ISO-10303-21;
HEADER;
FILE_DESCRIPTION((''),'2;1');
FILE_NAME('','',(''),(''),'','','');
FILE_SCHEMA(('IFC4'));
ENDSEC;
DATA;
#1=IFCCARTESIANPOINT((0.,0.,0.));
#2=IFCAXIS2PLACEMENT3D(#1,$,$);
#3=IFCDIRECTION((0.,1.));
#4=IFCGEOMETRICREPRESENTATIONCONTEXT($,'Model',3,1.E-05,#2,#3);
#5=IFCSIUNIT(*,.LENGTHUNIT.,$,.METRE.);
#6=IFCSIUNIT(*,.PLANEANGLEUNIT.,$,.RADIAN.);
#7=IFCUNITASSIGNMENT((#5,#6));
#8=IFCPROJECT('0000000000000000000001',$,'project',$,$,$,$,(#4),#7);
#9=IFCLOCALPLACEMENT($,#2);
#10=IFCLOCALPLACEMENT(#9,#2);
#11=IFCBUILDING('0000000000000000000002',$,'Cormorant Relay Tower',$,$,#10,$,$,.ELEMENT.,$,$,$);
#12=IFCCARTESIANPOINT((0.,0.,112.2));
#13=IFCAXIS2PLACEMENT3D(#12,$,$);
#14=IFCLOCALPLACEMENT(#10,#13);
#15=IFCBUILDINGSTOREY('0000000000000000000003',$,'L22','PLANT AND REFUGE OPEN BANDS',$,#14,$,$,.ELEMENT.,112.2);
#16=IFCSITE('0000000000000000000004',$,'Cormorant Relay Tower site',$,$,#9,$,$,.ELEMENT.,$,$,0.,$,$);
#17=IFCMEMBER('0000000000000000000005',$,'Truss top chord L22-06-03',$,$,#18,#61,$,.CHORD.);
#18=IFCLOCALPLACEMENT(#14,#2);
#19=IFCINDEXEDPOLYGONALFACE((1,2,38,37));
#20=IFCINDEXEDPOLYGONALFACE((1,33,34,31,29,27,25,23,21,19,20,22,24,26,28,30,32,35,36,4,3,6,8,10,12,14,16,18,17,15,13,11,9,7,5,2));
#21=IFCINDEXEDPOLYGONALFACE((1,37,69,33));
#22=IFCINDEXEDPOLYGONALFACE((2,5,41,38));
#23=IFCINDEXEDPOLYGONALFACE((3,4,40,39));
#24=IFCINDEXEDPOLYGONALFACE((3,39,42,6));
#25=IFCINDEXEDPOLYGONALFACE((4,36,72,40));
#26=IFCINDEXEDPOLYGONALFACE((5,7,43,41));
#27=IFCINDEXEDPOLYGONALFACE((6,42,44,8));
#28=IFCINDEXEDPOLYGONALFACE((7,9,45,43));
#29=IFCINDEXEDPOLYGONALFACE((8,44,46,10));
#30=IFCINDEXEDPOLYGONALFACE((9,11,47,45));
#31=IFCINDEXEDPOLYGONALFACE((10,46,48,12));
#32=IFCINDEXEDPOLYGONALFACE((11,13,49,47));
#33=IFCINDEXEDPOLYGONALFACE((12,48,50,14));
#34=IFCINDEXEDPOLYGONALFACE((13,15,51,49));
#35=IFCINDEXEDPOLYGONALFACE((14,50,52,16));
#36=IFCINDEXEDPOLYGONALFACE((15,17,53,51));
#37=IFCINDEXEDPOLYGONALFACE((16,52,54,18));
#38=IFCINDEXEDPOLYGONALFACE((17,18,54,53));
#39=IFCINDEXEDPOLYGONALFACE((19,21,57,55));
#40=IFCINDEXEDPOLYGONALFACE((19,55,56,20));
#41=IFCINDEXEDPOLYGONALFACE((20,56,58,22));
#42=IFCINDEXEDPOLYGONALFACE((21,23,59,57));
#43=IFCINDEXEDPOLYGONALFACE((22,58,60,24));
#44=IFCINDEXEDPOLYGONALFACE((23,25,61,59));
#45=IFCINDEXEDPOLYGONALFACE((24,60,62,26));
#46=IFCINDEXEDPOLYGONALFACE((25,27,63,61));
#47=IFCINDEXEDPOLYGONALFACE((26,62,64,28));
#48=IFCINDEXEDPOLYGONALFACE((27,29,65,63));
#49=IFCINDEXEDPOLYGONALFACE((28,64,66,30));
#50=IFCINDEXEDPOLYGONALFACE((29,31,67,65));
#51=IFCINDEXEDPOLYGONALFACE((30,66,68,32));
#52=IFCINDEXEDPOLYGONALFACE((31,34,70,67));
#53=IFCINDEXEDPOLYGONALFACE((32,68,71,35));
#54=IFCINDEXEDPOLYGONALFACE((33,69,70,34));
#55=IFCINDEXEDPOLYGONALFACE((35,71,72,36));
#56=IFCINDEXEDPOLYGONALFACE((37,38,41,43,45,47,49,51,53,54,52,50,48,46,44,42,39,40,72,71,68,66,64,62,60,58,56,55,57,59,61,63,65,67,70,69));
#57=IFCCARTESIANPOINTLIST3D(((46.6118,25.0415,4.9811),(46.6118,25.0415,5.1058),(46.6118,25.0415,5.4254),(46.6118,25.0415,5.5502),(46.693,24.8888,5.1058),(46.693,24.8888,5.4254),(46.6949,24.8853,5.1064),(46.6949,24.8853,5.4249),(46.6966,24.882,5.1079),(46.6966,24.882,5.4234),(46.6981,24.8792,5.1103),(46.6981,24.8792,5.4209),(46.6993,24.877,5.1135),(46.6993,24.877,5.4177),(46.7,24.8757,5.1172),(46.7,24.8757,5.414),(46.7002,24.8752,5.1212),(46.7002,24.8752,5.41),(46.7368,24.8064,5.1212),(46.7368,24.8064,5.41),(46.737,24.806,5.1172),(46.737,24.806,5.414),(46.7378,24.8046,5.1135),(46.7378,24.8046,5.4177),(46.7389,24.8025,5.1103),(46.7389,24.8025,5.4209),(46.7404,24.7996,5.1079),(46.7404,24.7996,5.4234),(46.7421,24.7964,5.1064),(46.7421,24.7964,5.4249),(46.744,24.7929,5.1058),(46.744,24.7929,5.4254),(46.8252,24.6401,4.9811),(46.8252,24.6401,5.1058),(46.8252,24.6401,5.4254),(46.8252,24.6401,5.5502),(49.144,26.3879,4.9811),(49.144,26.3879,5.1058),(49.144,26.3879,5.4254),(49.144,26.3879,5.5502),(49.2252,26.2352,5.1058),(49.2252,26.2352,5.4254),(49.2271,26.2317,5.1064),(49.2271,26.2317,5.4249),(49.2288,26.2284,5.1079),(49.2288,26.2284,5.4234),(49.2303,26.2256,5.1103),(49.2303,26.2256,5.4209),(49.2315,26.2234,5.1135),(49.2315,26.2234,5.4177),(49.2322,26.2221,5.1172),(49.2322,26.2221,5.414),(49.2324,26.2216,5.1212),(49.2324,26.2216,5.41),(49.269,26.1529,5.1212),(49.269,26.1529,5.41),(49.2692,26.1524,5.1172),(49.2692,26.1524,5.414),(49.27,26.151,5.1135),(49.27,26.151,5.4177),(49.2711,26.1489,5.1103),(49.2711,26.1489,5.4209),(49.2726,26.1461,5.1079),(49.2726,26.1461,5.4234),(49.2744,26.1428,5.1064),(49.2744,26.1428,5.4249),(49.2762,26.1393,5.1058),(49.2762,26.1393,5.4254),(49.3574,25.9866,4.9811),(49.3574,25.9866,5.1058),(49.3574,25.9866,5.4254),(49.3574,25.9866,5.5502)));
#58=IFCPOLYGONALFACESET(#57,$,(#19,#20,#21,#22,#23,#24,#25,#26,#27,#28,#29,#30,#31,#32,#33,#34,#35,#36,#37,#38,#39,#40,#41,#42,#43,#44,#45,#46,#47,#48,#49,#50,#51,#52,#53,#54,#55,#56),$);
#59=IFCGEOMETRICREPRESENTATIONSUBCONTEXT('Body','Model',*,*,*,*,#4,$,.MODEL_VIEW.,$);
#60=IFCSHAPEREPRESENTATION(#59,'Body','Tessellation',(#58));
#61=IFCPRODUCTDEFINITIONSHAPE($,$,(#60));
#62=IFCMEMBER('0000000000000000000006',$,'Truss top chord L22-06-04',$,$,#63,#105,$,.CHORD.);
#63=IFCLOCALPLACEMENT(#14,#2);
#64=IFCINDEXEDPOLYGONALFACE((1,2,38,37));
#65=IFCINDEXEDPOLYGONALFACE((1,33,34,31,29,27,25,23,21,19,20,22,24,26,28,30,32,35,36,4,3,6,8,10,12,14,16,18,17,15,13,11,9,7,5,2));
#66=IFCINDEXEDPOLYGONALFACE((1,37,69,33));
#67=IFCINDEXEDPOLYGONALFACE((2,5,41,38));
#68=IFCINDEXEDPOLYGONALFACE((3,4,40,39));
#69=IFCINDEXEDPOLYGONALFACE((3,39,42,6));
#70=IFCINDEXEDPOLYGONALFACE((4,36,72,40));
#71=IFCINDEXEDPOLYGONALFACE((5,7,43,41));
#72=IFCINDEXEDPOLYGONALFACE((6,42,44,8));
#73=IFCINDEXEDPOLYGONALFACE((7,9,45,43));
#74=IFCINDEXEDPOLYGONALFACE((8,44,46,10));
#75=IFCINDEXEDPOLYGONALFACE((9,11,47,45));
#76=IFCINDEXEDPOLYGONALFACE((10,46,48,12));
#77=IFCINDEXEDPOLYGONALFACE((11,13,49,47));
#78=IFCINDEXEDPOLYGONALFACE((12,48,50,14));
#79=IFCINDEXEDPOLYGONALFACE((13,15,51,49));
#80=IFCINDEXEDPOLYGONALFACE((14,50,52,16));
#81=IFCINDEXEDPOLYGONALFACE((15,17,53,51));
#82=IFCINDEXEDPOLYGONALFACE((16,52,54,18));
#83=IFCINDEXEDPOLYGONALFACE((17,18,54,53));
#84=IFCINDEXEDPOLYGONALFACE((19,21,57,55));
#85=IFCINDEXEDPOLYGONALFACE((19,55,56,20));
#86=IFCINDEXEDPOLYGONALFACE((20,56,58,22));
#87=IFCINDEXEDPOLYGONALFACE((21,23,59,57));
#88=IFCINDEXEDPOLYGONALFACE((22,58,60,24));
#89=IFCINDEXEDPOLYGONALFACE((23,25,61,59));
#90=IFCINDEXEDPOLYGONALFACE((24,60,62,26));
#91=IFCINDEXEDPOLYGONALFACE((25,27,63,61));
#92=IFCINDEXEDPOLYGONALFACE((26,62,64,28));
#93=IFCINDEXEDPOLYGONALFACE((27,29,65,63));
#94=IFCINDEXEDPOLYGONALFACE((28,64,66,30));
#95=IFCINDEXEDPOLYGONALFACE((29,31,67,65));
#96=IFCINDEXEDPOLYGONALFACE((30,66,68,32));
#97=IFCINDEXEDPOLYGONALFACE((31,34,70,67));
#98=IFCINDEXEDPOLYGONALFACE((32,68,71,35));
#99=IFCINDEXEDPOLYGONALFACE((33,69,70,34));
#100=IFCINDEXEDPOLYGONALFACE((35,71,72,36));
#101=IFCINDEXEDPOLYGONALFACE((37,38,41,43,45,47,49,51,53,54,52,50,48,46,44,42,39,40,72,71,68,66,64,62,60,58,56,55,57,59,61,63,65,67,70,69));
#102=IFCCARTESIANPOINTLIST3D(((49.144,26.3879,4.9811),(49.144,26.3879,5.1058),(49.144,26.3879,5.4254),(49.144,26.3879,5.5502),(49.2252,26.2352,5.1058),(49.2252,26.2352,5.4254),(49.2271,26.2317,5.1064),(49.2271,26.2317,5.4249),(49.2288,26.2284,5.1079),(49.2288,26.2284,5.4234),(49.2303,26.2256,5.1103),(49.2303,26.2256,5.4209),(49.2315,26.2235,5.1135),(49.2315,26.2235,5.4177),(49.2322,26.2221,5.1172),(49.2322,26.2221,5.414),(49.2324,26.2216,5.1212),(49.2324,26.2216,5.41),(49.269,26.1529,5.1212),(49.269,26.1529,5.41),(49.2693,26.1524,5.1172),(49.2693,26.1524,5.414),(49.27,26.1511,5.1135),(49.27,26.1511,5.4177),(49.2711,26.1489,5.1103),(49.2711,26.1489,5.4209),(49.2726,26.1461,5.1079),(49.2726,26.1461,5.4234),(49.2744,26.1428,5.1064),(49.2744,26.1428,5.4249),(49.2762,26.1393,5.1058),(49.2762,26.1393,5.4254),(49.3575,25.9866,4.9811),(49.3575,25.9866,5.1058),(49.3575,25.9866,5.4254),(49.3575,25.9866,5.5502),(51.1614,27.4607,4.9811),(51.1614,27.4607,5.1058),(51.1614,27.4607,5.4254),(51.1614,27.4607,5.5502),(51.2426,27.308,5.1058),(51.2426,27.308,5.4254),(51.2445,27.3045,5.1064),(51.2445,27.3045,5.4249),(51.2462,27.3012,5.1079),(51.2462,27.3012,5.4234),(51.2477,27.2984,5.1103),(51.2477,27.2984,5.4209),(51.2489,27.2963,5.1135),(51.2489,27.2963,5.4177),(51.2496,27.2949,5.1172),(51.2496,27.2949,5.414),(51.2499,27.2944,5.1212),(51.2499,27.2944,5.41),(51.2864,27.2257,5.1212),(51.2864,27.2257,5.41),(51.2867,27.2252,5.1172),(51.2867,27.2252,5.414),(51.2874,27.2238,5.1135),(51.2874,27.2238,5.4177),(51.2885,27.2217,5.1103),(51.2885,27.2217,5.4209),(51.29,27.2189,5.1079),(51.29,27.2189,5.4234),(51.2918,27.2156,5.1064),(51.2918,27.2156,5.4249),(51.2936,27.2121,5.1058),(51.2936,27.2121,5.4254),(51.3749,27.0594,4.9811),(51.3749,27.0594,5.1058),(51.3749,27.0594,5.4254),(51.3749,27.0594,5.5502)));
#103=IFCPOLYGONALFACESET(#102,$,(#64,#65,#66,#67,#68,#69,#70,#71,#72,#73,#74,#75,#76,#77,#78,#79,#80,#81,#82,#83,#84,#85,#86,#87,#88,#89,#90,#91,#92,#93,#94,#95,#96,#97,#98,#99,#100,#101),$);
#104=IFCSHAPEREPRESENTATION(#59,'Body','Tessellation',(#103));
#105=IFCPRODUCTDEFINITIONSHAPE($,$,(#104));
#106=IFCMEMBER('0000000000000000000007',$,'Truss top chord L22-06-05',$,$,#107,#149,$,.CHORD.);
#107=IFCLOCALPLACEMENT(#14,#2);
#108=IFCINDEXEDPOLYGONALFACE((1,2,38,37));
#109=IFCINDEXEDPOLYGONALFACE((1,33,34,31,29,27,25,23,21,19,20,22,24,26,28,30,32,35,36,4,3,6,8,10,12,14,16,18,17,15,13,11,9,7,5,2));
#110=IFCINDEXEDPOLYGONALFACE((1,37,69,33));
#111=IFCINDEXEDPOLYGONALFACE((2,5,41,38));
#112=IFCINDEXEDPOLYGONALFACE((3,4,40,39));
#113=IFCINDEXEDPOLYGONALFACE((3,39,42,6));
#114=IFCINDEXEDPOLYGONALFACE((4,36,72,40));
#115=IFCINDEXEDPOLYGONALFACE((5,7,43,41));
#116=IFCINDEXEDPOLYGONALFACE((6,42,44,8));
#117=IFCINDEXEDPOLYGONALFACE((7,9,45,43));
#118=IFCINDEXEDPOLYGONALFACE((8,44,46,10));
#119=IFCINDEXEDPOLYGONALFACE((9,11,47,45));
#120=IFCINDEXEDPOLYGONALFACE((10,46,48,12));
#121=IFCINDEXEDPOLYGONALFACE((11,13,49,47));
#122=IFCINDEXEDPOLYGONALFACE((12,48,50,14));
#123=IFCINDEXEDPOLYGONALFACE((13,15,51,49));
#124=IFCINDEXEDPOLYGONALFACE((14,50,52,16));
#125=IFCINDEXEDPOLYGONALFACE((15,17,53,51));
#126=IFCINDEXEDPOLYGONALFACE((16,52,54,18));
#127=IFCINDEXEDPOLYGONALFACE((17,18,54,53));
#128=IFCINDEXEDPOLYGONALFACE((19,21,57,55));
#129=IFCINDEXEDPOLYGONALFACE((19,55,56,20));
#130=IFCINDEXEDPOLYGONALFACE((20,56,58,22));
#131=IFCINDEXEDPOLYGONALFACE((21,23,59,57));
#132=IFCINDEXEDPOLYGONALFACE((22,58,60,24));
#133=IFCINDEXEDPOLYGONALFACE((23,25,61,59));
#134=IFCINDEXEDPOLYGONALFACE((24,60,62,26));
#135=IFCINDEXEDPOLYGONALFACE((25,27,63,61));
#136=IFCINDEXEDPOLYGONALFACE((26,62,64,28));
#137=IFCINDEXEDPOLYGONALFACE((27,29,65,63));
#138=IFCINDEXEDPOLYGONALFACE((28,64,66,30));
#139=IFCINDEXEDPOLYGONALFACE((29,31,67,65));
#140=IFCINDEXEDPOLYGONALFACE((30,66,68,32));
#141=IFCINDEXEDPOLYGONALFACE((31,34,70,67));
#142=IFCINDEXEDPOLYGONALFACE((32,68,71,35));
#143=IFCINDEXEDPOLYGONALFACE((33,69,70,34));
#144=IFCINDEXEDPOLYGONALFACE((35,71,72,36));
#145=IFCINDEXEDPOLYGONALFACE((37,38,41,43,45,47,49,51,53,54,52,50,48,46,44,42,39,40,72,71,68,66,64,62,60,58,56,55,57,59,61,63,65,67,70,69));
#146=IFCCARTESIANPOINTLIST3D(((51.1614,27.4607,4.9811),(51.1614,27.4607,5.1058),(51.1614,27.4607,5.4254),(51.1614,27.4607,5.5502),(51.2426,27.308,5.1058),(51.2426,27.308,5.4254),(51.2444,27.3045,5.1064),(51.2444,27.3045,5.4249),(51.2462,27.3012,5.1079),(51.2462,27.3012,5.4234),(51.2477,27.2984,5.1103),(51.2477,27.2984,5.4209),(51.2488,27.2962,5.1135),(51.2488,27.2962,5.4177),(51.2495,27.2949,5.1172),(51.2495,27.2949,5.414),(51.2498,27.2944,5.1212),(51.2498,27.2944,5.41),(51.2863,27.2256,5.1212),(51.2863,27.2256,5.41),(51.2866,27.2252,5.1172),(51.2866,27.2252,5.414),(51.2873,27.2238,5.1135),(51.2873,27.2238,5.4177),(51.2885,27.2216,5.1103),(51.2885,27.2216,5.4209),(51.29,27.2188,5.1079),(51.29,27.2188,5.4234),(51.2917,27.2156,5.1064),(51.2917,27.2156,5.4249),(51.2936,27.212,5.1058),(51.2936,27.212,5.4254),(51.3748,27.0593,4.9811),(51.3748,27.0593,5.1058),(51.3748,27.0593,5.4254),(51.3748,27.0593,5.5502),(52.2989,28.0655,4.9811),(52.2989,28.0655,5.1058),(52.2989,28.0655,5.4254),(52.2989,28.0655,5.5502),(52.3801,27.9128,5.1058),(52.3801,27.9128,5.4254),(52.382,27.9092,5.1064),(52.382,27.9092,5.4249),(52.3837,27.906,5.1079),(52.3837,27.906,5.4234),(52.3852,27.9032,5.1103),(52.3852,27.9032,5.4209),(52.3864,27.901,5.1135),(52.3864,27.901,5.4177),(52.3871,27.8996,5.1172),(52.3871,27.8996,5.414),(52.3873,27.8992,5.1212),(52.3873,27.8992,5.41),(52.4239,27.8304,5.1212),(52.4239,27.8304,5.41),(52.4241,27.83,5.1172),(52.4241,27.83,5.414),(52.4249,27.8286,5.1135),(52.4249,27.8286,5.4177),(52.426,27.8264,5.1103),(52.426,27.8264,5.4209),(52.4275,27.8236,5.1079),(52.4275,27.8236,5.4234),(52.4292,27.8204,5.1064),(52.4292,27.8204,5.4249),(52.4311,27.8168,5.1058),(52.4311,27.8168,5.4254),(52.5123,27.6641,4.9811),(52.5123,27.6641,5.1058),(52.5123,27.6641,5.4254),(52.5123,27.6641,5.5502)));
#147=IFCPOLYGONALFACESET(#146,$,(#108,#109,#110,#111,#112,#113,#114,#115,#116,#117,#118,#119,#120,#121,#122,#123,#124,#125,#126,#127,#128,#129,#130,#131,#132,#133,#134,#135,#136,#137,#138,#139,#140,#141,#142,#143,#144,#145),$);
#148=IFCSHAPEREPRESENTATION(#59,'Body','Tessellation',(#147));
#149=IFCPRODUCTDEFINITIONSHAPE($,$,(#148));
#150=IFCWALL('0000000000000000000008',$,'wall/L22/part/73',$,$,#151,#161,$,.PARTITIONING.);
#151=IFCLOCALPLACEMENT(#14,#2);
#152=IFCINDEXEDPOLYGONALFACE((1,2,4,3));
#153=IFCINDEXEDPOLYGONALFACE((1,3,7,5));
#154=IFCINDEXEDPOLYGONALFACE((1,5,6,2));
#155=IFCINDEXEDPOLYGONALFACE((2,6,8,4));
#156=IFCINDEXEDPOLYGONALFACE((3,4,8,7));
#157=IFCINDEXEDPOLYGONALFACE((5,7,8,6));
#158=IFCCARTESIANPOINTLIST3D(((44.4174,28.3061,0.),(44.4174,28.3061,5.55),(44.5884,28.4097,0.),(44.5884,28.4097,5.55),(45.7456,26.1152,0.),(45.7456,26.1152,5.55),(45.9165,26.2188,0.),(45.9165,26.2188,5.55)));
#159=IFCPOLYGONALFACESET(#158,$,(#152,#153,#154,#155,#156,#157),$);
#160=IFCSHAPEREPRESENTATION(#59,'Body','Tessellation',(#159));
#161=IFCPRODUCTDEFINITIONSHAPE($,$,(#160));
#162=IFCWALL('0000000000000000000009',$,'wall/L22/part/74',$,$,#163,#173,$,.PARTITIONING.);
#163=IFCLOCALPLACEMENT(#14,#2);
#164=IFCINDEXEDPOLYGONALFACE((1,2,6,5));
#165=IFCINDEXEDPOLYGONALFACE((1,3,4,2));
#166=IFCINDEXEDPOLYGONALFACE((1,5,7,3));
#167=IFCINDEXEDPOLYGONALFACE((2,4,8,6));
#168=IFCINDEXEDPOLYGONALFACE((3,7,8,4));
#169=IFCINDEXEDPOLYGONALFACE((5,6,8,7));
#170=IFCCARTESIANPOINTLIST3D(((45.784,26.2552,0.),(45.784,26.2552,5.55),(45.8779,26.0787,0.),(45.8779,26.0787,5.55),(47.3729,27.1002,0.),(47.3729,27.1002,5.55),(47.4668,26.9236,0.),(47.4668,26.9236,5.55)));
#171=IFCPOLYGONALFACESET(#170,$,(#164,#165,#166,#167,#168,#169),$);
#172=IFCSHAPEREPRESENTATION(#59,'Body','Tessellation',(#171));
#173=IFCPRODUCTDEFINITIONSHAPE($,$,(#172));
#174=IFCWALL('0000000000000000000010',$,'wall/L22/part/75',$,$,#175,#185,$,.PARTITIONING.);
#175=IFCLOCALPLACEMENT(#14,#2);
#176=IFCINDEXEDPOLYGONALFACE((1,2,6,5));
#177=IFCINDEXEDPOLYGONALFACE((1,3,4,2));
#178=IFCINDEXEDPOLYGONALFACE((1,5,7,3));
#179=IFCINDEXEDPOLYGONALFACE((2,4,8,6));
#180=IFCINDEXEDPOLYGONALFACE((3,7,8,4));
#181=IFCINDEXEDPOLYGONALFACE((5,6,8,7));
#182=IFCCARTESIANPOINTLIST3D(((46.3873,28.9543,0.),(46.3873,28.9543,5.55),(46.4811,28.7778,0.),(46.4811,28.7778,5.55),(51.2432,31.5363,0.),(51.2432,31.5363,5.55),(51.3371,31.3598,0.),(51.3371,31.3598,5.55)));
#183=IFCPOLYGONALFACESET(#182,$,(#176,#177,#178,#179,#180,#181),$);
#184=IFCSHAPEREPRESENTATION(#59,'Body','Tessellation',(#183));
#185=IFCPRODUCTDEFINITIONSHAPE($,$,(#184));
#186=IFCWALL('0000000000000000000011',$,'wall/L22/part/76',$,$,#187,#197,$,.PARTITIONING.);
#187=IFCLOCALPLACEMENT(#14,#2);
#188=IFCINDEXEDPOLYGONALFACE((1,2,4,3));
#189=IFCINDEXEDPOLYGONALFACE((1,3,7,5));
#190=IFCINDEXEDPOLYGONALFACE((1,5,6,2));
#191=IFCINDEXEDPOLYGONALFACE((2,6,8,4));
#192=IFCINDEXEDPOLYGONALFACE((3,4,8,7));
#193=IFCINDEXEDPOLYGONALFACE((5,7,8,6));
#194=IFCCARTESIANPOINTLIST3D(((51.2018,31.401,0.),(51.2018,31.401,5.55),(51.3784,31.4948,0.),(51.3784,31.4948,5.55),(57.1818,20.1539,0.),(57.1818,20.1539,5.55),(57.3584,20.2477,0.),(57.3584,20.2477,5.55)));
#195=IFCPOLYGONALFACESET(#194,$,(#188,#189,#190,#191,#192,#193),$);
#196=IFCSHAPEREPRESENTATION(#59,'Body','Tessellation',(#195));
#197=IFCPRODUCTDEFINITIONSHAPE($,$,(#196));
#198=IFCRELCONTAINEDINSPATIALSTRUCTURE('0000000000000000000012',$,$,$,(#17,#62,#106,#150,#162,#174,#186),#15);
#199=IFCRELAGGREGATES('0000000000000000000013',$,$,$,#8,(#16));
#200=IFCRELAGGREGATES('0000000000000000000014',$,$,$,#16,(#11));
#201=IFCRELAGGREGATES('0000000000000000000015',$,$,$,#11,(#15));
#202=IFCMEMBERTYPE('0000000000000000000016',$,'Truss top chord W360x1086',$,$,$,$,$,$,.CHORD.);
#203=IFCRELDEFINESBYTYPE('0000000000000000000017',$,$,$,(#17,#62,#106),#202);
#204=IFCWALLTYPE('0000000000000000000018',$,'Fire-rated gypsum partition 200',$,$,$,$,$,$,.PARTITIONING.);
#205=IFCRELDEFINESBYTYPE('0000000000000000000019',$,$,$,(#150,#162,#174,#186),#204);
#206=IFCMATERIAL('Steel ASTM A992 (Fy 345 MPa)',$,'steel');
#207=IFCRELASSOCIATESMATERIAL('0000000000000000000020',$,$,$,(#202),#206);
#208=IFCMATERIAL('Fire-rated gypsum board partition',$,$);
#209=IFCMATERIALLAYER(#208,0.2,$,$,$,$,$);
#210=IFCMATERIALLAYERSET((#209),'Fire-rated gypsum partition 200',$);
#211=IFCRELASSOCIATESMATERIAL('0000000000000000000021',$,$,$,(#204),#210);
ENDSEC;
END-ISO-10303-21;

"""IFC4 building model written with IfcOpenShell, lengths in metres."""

from ifc_helpers import new_model, si_unit, direction, frame, frame_2d, origin, origin_2d, place, context, subcontext, project, spatial, rectangle, i_section, extrude, material, layer, layer_set, material_profile, profile_set, type_object, element, save


model = new_model("IFC4")

# Units and contexts
model_context = context("Model", 3, precision=1e-05, world=origin(), true_north=direction((0.0, 1.0)))
body_context = subcontext(model_context, "Body", "Model", "MODEL_VIEW")
ifc_project = project(units=[si_unit("LENGTHUNIT", "METRE"), si_unit("PLANEANGLEUNIT", "RADIAN")], contexts=[model_context])

# Site, building, storey
site_placement = place(None, origin())
site = spatial("IfcSite", under=ifc_project, at=site_placement, Name="Cormorant Relay Tower site", CompositionType="ELEMENT", RefElevation=0.0)
building_placement = place(site_placement, origin())
building = spatial("IfcBuilding", under=site, at=building_placement, Name="Cormorant Relay Tower", CompositionType="ELEMENT")
storey_placement = place(building_placement, frame((0.0, 0.0, 112.2)))
storey = spatial("IfcBuildingStorey", under=building, at=storey_placement, Name="L22", Description="PLANT AND REFUGE OPEN BANDS", CompositionType="ELEMENT", Elevation=112.2)

# Members
ifc_material_1 = material(Name="Steel ASTM A992 (Fy 345 MPa)", Category="steel")
ifc_material_profile_1 = material_profile(ifc_material_1, i_section(OverallWidth=0.4546, OverallDepth=0.5691, WebThickness=0.0779, FlangeThickness=0.1248, FilletRadius=0.0154, at=origin_2d()), Name="W360x1086")
ifc_profile_set_1 = profile_set([ifc_material_profile_1], Name="Steel ASTM A992 (Fy 345 MPa)")
member_type_1 = type_object("IfcMemberType", Name="Truss top chord W360x1086", PredefinedType="CHORD", material=ifc_profile_set_1)
member_1_placement = place(storey_placement, frame((46.7185, 24.8408, 5.2656), z_axis=(0.882944, 0.469479, 0.0), x_axis=(-0.469479, 0.882944, 0.0)))
element("IfcMember", 1, at=member_1_placement, inside=storey, type_object=member_type_1, Name="Truss top chord L22-06-03", PredefinedType="CHORD", context=body_context, shape_type="SweptSolid", body=[
    extrude(i_section(OverallWidth=0.4546, OverallDepth=0.5691, WebThickness=0.0779, FlangeThickness=0.1248, FilletRadius=0.0154, at=origin_2d()), origin(), (0.0, 0.0, 1.0), 2.8679),
])
member_2_placement = place(storey_placement, frame((49.2507, 26.1873, 5.2656), z_axis=(0.882926, 0.469512, 0.0), x_axis=(-0.469512, 0.882926, 0.0)))
element("IfcMember", 2, at=member_2_placement, inside=storey, type_object=member_type_1, Name="Truss top chord L22-06-04", PredefinedType="CHORD", context=body_context, shape_type="SweptSolid", body=[
    extrude(i_section(OverallWidth=0.4546, OverallDepth=0.5691, WebThickness=0.0779, FlangeThickness=0.1248, FilletRadius=0.0154, at=origin_2d()), origin(), (0.0, 0.0, 1.0), 2.2849),
])
member_3_placement = place(storey_placement, frame((51.2681, 27.26, 5.2656), z_axis=(0.882966, 0.469437, 0.0), x_axis=(-0.469437, 0.882966, 0.0)))
element("IfcMember", 3, at=member_3_placement, inside=storey, type_object=member_type_1, Name="Truss top chord L22-06-05", PredefinedType="CHORD", context=body_context, shape_type="SweptSolid", body=[
    extrude(i_section(OverallWidth=0.4546, OverallDepth=0.5691, WebThickness=0.0779, FlangeThickness=0.1248, FilletRadius=0.0154, at=origin_2d()), origin(), (0.0, 0.0, 1.0), 1.2883),
])

# Walls
ifc_material_2 = material(Name="Fire-rated gypsum board partition")
ifc_layer_1 = layer(ifc_material_2, 0.2)
ifc_layer_set_1 = layer_set([ifc_layer_1], Name="Fire-rated gypsum partition 200")
wall_type = type_object("IfcWallType", Name="Fire-rated gypsum partition 200", PredefinedType="PARTITIONING", material=ifc_layer_set_1)
wall_1_placement = place(storey_placement, frame((45.8311, 26.167, 0.0), z_axis=(0.0, 0.0, 1.0), x_axis=(-0.518386, 0.855147, 0.0)))
element("IfcWall", 4, at=wall_1_placement, inside=storey, type_object=wall_type, Name="wall/L22/part/73", PredefinedType="PARTITIONING", context=body_context, shape_type="SweptSolid", body=[
    extrude(rectangle(XDim=2.562, YDim=0.2, at=frame_2d((1.281, 0.0))), origin(), (0.0, 0.0, 1.0), 5.55),
])
wall_2_placement = place(storey_placement, frame((47.4199, 27.012, 0.0), z_axis=(0.0, 0.0, 1.0), x_axis=(-0.882912, -0.469539, 0.0)))
element("IfcWall", 5, at=wall_2_placement, inside=storey, type_object=wall_type, Name="wall/L22/part/74", PredefinedType="PARTITIONING", context=body_context, shape_type="SweptSolid", body=[
    extrude(rectangle(XDim=1.7996, YDim=0.2, at=frame_2d((0.8999, 0.0))), origin(), (0.0, 0.0, 1.0), 5.55),
])
wall_3_placement = place(storey_placement, frame((46.4341, 28.866, 0.0), z_axis=(0.0, 0.0, 1.0), x_axis=(0.882942, 0.469482, 0.0)))
element("IfcWall", 6, at=wall_3_placement, inside=storey, type_object=wall_type, Name="wall/L22/part/75", PredefinedType="PARTITIONING", context=body_context, shape_type="SweptSolid", body=[
    extrude(rectangle(XDim=5.4998, YDim=0.2, at=frame_2d((2.75, 0.0))), origin(), (0.0, 0.0, 1.0), 5.55),
])
wall_4_placement = place(storey_placement, frame((51.29, 31.448, 0.0), z_axis=(0.0, 0.0, 1.0), x_axis=(0.46946, -0.882954, 0.0)))
element("IfcWall", 7, at=wall_4_placement, inside=storey, type_object=wall_type, Name="wall/L22/part/76", PredefinedType="PARTITIONING", context=body_context, shape_type="SweptSolid", body=[
    extrude(rectangle(XDim=12.738, YDim=0.2, at=frame_2d((6.3691, 0.0))), origin(), (0.0, 0.0, 1.0), 5.55),
])

save(model, "model.ifc")
